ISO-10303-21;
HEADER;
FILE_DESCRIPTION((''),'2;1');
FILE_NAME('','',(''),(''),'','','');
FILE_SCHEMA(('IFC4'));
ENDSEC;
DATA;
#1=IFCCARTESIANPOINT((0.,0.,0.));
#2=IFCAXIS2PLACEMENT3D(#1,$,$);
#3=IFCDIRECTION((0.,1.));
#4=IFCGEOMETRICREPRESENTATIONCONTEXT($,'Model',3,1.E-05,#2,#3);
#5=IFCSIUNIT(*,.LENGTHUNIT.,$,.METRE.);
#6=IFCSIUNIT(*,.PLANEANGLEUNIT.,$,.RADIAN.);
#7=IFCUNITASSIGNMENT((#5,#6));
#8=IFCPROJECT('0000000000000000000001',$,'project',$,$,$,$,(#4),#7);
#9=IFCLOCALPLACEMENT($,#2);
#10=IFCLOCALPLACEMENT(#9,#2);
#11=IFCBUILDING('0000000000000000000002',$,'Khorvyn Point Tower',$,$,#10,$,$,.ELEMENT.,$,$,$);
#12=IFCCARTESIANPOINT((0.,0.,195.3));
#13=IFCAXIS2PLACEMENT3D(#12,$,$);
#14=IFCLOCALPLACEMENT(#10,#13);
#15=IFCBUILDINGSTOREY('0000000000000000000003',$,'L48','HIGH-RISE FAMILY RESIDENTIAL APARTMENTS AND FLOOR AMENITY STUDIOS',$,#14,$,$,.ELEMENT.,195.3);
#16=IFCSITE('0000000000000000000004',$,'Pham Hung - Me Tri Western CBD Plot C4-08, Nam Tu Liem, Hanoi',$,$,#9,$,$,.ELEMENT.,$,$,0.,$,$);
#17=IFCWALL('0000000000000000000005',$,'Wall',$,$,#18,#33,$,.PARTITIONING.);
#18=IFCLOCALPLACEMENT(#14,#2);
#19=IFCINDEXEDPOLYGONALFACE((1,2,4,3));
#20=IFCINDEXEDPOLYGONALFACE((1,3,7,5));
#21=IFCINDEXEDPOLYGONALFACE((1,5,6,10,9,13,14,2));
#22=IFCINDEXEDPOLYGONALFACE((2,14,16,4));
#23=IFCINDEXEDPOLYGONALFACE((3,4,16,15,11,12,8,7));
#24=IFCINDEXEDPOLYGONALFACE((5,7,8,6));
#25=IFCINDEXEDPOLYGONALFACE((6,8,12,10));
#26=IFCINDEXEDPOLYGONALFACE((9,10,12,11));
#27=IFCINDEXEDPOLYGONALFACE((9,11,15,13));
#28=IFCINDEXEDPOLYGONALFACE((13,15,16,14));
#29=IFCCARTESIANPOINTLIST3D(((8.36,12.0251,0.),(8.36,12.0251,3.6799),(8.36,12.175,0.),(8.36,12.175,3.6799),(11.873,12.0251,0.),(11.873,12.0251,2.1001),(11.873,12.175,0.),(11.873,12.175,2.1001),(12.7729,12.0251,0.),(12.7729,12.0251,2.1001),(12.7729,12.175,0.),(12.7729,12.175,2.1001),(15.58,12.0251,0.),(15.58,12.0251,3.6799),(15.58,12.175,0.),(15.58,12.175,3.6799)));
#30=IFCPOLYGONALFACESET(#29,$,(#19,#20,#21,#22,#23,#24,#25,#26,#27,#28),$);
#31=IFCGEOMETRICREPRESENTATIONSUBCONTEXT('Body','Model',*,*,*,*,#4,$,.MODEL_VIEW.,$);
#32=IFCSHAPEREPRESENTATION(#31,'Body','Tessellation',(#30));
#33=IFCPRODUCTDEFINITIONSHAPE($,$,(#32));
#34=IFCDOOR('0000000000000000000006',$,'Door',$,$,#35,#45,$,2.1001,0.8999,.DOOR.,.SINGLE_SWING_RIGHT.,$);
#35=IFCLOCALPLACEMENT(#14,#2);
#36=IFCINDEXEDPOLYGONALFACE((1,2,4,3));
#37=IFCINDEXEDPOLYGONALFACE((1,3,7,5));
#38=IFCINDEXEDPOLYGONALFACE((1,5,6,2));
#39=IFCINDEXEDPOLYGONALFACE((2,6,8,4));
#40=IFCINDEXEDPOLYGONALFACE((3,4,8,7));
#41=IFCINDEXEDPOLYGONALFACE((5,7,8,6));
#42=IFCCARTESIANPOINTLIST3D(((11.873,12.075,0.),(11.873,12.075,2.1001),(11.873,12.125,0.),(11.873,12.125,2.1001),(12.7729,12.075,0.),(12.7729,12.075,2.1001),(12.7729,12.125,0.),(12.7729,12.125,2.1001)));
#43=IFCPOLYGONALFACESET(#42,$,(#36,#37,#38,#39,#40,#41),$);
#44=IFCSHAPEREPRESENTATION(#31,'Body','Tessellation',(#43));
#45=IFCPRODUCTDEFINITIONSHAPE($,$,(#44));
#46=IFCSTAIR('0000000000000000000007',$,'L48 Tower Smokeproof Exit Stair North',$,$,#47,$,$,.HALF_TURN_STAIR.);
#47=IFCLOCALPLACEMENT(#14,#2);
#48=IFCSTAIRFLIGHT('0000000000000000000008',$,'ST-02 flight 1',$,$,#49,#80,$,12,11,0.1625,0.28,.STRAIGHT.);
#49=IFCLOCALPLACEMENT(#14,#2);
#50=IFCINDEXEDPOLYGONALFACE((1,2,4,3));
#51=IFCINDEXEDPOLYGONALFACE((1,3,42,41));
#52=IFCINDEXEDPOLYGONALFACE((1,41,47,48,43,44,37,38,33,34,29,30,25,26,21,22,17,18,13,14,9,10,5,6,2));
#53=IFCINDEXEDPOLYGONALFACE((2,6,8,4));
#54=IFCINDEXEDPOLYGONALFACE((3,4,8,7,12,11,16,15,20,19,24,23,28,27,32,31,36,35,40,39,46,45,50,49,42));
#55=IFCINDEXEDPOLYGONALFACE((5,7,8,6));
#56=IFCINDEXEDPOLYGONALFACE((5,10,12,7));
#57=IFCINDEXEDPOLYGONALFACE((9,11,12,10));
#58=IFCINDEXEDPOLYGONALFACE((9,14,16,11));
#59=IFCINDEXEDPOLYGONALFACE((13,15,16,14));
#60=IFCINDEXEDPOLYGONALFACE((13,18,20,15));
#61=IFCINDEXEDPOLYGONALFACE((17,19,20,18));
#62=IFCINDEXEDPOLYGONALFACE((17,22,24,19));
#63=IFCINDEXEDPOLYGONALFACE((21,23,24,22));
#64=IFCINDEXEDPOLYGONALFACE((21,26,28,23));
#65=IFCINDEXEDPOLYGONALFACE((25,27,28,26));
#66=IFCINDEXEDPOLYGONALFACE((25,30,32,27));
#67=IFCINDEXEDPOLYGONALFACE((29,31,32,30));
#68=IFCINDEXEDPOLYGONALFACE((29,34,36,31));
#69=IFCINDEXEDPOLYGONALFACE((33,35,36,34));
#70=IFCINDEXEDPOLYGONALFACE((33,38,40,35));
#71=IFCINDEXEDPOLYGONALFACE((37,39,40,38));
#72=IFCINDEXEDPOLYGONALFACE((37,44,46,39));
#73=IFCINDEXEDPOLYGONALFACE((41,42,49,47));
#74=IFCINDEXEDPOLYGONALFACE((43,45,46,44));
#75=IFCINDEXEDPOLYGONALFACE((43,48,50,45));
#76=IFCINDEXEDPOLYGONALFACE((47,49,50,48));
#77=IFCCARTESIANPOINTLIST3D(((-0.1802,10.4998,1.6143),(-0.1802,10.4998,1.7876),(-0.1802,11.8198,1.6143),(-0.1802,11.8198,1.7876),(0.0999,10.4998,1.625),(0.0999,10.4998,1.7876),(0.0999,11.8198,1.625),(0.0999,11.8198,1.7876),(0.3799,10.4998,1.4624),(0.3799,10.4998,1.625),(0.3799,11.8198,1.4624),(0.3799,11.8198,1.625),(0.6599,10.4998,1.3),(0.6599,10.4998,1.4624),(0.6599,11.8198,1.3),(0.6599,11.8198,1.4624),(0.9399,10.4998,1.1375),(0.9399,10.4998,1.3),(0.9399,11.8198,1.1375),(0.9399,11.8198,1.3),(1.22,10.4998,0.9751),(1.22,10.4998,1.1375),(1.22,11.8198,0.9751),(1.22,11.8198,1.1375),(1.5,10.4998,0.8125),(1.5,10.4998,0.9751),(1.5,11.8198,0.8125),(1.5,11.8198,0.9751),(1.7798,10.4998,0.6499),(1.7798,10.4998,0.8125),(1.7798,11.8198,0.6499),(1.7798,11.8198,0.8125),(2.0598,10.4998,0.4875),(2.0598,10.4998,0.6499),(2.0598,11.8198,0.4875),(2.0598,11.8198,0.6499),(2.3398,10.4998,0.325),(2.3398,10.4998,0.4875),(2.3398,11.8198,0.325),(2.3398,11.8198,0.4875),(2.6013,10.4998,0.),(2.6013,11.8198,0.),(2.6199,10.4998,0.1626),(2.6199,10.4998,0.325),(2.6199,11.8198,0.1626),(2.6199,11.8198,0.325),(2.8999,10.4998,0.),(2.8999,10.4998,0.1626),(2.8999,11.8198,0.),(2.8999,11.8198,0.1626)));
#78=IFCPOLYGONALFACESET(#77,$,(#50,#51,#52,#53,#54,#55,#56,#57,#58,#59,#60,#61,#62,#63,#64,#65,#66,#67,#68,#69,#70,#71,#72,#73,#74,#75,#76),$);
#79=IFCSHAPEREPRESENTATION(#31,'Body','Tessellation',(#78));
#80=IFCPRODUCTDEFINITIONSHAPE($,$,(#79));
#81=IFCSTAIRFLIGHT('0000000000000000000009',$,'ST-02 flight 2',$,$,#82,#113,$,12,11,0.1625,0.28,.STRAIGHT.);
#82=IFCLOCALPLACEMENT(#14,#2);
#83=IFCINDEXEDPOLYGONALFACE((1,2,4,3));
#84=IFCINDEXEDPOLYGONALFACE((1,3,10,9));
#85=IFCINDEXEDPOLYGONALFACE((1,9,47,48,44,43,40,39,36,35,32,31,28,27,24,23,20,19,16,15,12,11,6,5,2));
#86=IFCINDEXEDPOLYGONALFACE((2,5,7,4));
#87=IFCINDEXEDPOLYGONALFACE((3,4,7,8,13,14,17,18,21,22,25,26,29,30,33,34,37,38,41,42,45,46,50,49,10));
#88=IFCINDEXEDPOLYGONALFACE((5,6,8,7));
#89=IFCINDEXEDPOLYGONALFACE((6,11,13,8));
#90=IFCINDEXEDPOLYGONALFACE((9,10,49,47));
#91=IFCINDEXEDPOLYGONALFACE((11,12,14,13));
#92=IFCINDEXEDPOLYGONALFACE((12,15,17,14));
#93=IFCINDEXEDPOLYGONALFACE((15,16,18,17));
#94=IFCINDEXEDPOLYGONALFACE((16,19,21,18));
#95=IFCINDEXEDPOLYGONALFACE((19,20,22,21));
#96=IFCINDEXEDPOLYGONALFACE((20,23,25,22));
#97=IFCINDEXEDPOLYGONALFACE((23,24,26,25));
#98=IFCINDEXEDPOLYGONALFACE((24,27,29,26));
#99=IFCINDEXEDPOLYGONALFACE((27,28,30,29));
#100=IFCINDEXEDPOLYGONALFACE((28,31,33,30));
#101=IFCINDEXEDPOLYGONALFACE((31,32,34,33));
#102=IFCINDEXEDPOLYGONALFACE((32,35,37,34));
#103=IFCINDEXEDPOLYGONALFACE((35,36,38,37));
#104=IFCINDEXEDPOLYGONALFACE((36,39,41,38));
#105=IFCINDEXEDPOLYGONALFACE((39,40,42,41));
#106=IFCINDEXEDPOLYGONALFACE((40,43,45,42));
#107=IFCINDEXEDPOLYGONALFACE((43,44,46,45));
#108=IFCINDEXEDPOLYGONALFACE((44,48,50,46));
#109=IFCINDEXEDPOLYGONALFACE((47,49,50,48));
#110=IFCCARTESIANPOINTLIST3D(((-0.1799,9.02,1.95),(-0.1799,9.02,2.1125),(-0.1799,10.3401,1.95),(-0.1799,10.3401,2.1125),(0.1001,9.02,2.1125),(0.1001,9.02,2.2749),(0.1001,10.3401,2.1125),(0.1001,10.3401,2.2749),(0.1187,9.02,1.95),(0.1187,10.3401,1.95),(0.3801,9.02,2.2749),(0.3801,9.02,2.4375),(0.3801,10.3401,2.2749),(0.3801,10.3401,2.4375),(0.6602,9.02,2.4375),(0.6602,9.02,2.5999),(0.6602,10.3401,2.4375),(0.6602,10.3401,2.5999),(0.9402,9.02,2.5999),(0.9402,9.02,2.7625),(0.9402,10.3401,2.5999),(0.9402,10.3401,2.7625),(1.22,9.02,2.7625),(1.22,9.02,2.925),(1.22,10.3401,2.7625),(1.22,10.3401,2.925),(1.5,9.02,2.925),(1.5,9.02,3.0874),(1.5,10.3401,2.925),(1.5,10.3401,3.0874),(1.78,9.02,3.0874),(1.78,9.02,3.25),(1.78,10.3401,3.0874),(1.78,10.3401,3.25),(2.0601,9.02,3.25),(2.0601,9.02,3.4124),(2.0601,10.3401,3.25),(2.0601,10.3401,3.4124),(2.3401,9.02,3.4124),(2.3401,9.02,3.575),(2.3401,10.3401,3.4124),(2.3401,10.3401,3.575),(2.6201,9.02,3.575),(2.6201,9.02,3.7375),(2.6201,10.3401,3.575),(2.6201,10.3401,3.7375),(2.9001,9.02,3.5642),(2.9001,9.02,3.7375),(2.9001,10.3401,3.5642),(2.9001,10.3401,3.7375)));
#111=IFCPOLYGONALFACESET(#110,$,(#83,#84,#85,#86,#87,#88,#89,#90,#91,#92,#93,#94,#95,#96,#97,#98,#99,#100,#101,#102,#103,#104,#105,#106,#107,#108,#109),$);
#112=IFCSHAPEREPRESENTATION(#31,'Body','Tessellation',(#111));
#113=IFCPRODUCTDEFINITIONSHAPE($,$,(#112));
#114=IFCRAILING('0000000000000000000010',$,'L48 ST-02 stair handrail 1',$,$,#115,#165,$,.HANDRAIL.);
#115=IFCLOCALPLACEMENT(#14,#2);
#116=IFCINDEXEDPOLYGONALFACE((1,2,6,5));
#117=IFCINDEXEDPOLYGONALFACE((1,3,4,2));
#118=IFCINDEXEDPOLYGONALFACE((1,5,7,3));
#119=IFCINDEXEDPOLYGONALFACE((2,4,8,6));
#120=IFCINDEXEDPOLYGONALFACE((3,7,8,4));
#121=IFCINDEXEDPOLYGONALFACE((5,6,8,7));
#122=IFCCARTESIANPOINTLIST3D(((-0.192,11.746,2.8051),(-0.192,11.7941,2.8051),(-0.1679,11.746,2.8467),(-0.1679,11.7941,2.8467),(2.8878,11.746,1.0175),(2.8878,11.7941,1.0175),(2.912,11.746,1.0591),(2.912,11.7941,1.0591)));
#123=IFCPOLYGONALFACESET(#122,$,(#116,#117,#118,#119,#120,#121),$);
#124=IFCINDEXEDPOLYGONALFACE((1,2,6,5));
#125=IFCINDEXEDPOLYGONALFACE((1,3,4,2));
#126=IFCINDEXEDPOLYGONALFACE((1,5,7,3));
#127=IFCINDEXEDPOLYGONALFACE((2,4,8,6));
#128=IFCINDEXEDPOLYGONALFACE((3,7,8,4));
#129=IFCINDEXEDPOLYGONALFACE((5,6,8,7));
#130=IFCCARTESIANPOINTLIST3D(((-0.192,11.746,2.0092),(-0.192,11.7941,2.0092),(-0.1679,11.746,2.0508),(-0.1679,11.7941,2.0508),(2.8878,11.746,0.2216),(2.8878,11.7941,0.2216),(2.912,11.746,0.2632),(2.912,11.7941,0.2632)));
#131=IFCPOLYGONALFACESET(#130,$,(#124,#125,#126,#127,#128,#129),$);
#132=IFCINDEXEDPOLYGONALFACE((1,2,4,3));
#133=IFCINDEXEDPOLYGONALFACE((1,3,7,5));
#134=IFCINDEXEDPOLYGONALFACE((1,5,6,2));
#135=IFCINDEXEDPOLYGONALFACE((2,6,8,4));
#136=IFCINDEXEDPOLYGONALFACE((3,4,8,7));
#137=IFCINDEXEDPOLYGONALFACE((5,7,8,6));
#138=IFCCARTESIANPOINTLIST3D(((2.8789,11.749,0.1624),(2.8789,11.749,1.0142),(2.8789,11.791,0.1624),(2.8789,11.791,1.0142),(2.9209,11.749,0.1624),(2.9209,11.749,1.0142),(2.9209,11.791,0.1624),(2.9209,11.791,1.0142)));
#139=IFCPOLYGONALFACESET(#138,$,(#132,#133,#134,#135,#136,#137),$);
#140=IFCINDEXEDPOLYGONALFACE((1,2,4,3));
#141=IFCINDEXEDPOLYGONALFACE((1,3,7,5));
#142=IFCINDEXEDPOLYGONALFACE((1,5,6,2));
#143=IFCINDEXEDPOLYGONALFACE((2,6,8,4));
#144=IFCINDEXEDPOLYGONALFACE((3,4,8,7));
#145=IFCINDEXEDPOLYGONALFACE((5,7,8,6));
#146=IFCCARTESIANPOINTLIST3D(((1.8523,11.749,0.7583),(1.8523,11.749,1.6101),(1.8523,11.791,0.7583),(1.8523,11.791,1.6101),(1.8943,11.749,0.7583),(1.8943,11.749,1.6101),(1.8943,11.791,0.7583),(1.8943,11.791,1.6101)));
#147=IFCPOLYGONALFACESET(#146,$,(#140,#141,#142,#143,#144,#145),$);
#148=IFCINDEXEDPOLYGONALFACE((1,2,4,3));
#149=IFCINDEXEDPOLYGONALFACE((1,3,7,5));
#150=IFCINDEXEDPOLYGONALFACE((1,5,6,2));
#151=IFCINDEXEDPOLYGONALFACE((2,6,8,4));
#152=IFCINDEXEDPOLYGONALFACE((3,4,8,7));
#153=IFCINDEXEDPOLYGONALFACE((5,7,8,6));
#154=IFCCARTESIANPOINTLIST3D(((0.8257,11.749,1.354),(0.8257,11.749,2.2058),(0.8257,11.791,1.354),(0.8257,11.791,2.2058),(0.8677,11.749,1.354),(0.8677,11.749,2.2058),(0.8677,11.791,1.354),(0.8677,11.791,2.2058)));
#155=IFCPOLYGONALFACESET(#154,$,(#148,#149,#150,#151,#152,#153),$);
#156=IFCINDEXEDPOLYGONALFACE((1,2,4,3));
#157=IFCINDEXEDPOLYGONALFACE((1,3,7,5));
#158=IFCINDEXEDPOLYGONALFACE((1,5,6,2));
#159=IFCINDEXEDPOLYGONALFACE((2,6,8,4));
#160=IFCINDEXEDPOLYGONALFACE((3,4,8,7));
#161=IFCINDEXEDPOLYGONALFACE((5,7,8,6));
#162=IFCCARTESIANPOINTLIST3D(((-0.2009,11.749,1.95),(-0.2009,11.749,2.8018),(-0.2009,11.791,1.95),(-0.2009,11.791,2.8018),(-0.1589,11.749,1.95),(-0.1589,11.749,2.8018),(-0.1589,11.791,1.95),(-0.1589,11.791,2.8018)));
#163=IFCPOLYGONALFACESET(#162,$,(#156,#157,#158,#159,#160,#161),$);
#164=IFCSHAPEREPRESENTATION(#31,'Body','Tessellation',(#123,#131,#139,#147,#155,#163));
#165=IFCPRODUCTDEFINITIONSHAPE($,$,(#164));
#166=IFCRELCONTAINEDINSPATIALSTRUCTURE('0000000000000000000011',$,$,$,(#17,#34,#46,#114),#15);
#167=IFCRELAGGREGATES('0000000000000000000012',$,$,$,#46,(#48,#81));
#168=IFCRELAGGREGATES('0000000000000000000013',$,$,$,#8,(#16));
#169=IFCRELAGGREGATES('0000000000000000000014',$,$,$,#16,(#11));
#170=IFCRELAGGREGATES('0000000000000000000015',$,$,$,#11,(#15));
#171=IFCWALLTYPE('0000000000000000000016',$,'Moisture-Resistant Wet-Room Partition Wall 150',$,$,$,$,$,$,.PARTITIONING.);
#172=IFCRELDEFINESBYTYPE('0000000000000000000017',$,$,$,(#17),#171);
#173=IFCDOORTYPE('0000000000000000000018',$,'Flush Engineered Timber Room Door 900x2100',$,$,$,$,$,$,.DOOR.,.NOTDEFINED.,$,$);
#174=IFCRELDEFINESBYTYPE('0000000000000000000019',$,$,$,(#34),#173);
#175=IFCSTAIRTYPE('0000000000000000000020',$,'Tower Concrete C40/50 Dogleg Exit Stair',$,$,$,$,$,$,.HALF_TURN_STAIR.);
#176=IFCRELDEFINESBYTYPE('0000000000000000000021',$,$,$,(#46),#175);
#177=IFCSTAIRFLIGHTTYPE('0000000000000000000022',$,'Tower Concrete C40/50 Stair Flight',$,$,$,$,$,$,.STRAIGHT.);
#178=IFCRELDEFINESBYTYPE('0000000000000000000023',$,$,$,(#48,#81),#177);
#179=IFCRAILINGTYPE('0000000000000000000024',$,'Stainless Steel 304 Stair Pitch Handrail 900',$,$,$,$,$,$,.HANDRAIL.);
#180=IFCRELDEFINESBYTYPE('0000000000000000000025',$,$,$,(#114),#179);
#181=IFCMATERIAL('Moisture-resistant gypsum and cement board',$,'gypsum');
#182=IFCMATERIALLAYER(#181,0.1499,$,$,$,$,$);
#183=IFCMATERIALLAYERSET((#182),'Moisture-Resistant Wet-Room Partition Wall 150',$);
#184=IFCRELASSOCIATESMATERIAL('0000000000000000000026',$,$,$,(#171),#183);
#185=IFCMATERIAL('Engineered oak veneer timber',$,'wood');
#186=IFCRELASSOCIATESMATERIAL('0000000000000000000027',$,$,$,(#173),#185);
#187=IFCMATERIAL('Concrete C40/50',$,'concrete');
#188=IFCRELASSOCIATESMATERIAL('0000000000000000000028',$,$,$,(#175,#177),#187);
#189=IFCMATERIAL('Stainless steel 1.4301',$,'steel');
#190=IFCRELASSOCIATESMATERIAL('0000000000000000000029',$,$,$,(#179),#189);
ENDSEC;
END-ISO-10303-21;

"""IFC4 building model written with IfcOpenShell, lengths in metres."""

from ifc_helpers import new_model, si_unit, direction, frame, frame_2d, origin, origin_2d, place, context, subcontext, project, spatial, polyline, rectangle, outline, extrude, material, layer, layer_set, type_object, element, fill, aggregate, save


model = new_model("IFC4")

# Units and contexts
model_context = context("Model", 3, precision=1e-05, world=origin(), true_north=direction((0.0, 1.0)))
body_context = subcontext(model_context, "Body", "Model", "MODEL_VIEW")
ifc_project = project(units=[si_unit("LENGTHUNIT", "METRE"), si_unit("PLANEANGLEUNIT", "RADIAN")], contexts=[model_context])

# Site, building, storey
site_placement = place(None, origin())
site = spatial("IfcSite", under=ifc_project, at=site_placement, Name="Pham Hung - Me Tri Western CBD Plot C4-08, Nam Tu Liem, Hanoi", CompositionType="ELEMENT", RefElevation=0.0)
building_placement = place(site_placement, origin())
building = spatial("IfcBuilding", under=site, at=building_placement, Name="Khorvyn Point Tower", CompositionType="ELEMENT")
storey_placement = place(building_placement, frame((0.0, 0.0, 195.3)))
storey = spatial("IfcBuildingStorey", under=building, at=storey_placement, Name="L48", Description="HIGH-RISE FAMILY RESIDENTIAL APARTMENTS AND FLOOR AMENITY STUDIOS", CompositionType="ELEMENT", Elevation=195.3)

# Shared definitions
ifc_material_1 = material(Name="Concrete C40/50", Category="concrete")

# Wall, opening, door
ifc_material_2 = material(Name="Moisture-resistant gypsum and cement board", Category="gypsum")
ifc_layer_1 = layer(ifc_material_2, 0.1499)
ifc_layer_set_1 = layer_set([ifc_layer_1], Name="Moisture-Resistant Wet-Room Partition Wall 150")
wall_type_1 = type_object("IfcWallType", Name="Moisture-Resistant Wet-Room Partition Wall 150", PredefinedType="PARTITIONING", material=ifc_layer_set_1)
wall_1_placement = place(storey_placement, frame((8.3601, 12.1001, 0.0), z_axis=(0.0, 0.0, 1.0), x_axis=(1.0, 0.0, 0.0)))
wall_1 = element("IfcWall", 1, at=wall_1_placement, inside=storey, type_object=wall_type_1, Name="Wall", PredefinedType="PARTITIONING", context=body_context, shape_type="SweptSolid", body=[
    extrude(rectangle(XDim=7.22, YDim=0.1499, at=frame_2d((3.6099, 0.0))), origin(), (0.0, 0.0, 1.0), 3.6799),
])
opening_1_placement = place(wall_1_placement, frame((3.5129, 0.0, 0.0)))
opening_1 = element("IfcOpeningElement", 2, at=opening_1_placement, cuts=wall_1, PredefinedType="OPENING", context=body_context, shape_type="SweptSolid", body=[
    extrude(rectangle(XDim=0.8999, YDim=2.1001, at=frame_2d((0.45, 1.05))), frame((0.0, 0.085, 0.0), z_axis=(0.0, -1.0, 0.0), x_axis=(1.0, 0.0, 0.0)), (0.0, 0.0, 1.0), 0.1699),
])
ifc_material_3 = material(Name="Engineered oak veneer timber", Category="wood")
door_type_1 = type_object("IfcDoorType", Name="Flush Engineered Timber Room Door 900x2100", OperationType="NOTDEFINED", PredefinedType="DOOR", material=ifc_material_3)
door_1_placement = place(opening_1_placement, origin())
door_1 = element("IfcDoor", 3, at=door_1_placement, inside=storey, type_object=door_type_1, Name="Door", OperationType="SINGLE_SWING_RIGHT", OverallHeight=2.1001, OverallWidth=0.8999, PredefinedType="DOOR", context=body_context, shape_type="SweptSolid", body=[
    extrude(rectangle(XDim=0.8999, YDim=2.1001, at=frame_2d((0.45, 1.05))), frame((0.0, 0.0249, 0.0), z_axis=(0.0, -1.0, 0.0), x_axis=(1.0, 0.0, 0.0)), (0.0, 0.0, 1.0), 0.05),
])
fill(opening_1, door_1)

# Stair, stair flights
stair_type = type_object("IfcStairType", Name="Tower Concrete C40/50 Dogleg Exit Stair", PredefinedType="HALF_TURN_STAIR", material=ifc_material_1)
stair_placement = place(storey_placement, origin())
stair = element("IfcStair", 4, at=stair_placement, inside=storey, type_object=stair_type, Name="L48 Tower Smokeproof Exit Stair North", PredefinedType="HALF_TURN_STAIR")
stair_flight_type = type_object("IfcStairFlightType", Name="Tower Concrete C40/50 Stair Flight", PredefinedType="STRAIGHT", material=ifc_material_1)
stair_flight_1_placement = place(storey_placement, frame((2.8999, 11.1599, 0.0), z_axis=(0.0, 0.0, 1.0), x_axis=(-1.0, 0.0, 0.0)))
stair_flight_1 = element("IfcStairFlight", 5, at=stair_flight_1_placement, type_object=stair_flight_type, Name="ST-02 flight 1", NumberOfRisers=12, NumberOfTreads=11, PredefinedType="STRAIGHT", RiserHeight=0.1625, TreadLength=0.28, context=body_context, shape_type="SweptSolid", body=[
    extrude(outline(polyline([(0.0, 0.0), (0.0, 0.1626), (0.28, 0.1626), (0.28, 0.325), (0.5601, 0.325), (0.5601, 0.4875), (0.8401, 0.4875), (0.8401, 0.6499), (1.1201, 0.6499), (1.1201, 0.8125), (1.3999, 0.8125), (1.3999, 0.9751), (1.6799, 0.9751), (1.6799, 1.1375), (1.96, 1.1375), (1.96, 1.3), (2.24, 1.3), (2.24, 1.4624), (2.52, 1.4624), (2.52, 1.625), (2.8, 1.625), (2.8, 1.7876), (3.0801, 1.7876), (3.0801, 1.95), (3.0801, 1.6143), (0.2986, 0.0), (0.0, 0.0)])), frame((0.0, 0.6602, 0.0), z_axis=(0.0, -1.0, 0.0), x_axis=(1.0, 0.0, 0.0)), (0.0, 0.0, 1.0), 1.3201),
])
stair_flight_2_placement = place(storey_placement, frame((-0.1799, 9.6799, 1.95), z_axis=(0.0, 0.0, 1.0), x_axis=(1.0, 0.0, 0.0)))
stair_flight_2 = element("IfcStairFlight", 6, at=stair_flight_2_placement, type_object=stair_flight_type, Name="ST-02 flight 2", NumberOfRisers=12, NumberOfTreads=11, PredefinedType="STRAIGHT", RiserHeight=0.1625, TreadLength=0.28, context=body_context, shape_type="SweptSolid", body=[
    extrude(outline(polyline([(0.0, 0.0), (0.0, 0.1626), (0.28, 0.1626), (0.28, 0.325), (0.5601, 0.325), (0.5601, 0.4875), (0.8401, 0.4875), (0.8401, 0.6499), (1.1201, 0.6499), (1.1201, 0.8125), (1.3999, 0.8125), (1.3999, 0.9751), (1.6799, 0.9751), (1.6799, 1.1375), (1.96, 1.1375), (1.96, 1.3), (2.24, 1.3), (2.24, 1.4624), (2.52, 1.4624), (2.52, 1.625), (2.8, 1.625), (2.8, 1.7876), (3.0801, 1.7876), (3.0801, 1.95), (3.0801, 1.6143), (0.2986, 0.0), (0.0, 0.0)])), frame((0.0, 0.6602, 0.0), z_axis=(0.0, -1.0, 0.0), x_axis=(1.0, 0.0, 0.0)), (0.0, 0.0, 1.0), 1.3201),
])
aggregate(stair, [stair_flight_1, stair_flight_2])

# Railing
ifc_material_4 = material(Name="Stainless steel 1.4301", Category="steel")
railing_type_1 = type_object("IfcRailingType", Name="Stainless Steel 304 Stair Pitch Handrail 900", PredefinedType="HANDRAIL", material=ifc_material_4)
railing_1_placement = place(storey_placement, frame((2.8999, 11.77, 0.1624)))
element("IfcRailing", 7, at=railing_1_placement, inside=storey, type_object=railing_type_1, Name="L48 ST-02 stair handrail 1", PredefinedType="HANDRAIL", context=body_context, shape_type="SweptSolid", body=[
    extrude(rectangle(XDim=0.0481, YDim=0.0481, at=origin_2d()), frame((0.0, 0.0, 0.876), z_axis=(-0.864873, 0.0, 0.50199), x_axis=(0.0, -1.0, 0.0)), (0.0, 0.0, 1.0), 3.561),
    extrude(rectangle(XDim=0.0481, YDim=0.0481, at=origin_2d()), frame((0.0, 0.0, 0.0801), z_axis=(-0.864873, 0.0, 0.50199), x_axis=(0.0, -1.0, 0.0)), (0.0, 0.0, 1.0), 3.561),
    extrude(rectangle(XDim=0.042, YDim=0.042, at=origin_2d()), origin(), (0.0, 0.0, 1.0), 0.8518),
    extrude(rectangle(XDim=0.042, YDim=0.042, at=origin_2d()), frame((-1.0266, 0.0, 0.5959)), (0.0, 0.0, 1.0), 0.8518),
    extrude(rectangle(XDim=0.042, YDim=0.042, at=origin_2d()), frame((-2.0532, 0.0, 1.1917)), (0.0, 0.0, 1.0), 0.8518),
    extrude(rectangle(XDim=0.042, YDim=0.042, at=origin_2d()), frame((-3.0798, 0.0, 1.7876)), (0.0, 0.0, 1.0), 0.8518),
])

save(model, "model.ifc")
